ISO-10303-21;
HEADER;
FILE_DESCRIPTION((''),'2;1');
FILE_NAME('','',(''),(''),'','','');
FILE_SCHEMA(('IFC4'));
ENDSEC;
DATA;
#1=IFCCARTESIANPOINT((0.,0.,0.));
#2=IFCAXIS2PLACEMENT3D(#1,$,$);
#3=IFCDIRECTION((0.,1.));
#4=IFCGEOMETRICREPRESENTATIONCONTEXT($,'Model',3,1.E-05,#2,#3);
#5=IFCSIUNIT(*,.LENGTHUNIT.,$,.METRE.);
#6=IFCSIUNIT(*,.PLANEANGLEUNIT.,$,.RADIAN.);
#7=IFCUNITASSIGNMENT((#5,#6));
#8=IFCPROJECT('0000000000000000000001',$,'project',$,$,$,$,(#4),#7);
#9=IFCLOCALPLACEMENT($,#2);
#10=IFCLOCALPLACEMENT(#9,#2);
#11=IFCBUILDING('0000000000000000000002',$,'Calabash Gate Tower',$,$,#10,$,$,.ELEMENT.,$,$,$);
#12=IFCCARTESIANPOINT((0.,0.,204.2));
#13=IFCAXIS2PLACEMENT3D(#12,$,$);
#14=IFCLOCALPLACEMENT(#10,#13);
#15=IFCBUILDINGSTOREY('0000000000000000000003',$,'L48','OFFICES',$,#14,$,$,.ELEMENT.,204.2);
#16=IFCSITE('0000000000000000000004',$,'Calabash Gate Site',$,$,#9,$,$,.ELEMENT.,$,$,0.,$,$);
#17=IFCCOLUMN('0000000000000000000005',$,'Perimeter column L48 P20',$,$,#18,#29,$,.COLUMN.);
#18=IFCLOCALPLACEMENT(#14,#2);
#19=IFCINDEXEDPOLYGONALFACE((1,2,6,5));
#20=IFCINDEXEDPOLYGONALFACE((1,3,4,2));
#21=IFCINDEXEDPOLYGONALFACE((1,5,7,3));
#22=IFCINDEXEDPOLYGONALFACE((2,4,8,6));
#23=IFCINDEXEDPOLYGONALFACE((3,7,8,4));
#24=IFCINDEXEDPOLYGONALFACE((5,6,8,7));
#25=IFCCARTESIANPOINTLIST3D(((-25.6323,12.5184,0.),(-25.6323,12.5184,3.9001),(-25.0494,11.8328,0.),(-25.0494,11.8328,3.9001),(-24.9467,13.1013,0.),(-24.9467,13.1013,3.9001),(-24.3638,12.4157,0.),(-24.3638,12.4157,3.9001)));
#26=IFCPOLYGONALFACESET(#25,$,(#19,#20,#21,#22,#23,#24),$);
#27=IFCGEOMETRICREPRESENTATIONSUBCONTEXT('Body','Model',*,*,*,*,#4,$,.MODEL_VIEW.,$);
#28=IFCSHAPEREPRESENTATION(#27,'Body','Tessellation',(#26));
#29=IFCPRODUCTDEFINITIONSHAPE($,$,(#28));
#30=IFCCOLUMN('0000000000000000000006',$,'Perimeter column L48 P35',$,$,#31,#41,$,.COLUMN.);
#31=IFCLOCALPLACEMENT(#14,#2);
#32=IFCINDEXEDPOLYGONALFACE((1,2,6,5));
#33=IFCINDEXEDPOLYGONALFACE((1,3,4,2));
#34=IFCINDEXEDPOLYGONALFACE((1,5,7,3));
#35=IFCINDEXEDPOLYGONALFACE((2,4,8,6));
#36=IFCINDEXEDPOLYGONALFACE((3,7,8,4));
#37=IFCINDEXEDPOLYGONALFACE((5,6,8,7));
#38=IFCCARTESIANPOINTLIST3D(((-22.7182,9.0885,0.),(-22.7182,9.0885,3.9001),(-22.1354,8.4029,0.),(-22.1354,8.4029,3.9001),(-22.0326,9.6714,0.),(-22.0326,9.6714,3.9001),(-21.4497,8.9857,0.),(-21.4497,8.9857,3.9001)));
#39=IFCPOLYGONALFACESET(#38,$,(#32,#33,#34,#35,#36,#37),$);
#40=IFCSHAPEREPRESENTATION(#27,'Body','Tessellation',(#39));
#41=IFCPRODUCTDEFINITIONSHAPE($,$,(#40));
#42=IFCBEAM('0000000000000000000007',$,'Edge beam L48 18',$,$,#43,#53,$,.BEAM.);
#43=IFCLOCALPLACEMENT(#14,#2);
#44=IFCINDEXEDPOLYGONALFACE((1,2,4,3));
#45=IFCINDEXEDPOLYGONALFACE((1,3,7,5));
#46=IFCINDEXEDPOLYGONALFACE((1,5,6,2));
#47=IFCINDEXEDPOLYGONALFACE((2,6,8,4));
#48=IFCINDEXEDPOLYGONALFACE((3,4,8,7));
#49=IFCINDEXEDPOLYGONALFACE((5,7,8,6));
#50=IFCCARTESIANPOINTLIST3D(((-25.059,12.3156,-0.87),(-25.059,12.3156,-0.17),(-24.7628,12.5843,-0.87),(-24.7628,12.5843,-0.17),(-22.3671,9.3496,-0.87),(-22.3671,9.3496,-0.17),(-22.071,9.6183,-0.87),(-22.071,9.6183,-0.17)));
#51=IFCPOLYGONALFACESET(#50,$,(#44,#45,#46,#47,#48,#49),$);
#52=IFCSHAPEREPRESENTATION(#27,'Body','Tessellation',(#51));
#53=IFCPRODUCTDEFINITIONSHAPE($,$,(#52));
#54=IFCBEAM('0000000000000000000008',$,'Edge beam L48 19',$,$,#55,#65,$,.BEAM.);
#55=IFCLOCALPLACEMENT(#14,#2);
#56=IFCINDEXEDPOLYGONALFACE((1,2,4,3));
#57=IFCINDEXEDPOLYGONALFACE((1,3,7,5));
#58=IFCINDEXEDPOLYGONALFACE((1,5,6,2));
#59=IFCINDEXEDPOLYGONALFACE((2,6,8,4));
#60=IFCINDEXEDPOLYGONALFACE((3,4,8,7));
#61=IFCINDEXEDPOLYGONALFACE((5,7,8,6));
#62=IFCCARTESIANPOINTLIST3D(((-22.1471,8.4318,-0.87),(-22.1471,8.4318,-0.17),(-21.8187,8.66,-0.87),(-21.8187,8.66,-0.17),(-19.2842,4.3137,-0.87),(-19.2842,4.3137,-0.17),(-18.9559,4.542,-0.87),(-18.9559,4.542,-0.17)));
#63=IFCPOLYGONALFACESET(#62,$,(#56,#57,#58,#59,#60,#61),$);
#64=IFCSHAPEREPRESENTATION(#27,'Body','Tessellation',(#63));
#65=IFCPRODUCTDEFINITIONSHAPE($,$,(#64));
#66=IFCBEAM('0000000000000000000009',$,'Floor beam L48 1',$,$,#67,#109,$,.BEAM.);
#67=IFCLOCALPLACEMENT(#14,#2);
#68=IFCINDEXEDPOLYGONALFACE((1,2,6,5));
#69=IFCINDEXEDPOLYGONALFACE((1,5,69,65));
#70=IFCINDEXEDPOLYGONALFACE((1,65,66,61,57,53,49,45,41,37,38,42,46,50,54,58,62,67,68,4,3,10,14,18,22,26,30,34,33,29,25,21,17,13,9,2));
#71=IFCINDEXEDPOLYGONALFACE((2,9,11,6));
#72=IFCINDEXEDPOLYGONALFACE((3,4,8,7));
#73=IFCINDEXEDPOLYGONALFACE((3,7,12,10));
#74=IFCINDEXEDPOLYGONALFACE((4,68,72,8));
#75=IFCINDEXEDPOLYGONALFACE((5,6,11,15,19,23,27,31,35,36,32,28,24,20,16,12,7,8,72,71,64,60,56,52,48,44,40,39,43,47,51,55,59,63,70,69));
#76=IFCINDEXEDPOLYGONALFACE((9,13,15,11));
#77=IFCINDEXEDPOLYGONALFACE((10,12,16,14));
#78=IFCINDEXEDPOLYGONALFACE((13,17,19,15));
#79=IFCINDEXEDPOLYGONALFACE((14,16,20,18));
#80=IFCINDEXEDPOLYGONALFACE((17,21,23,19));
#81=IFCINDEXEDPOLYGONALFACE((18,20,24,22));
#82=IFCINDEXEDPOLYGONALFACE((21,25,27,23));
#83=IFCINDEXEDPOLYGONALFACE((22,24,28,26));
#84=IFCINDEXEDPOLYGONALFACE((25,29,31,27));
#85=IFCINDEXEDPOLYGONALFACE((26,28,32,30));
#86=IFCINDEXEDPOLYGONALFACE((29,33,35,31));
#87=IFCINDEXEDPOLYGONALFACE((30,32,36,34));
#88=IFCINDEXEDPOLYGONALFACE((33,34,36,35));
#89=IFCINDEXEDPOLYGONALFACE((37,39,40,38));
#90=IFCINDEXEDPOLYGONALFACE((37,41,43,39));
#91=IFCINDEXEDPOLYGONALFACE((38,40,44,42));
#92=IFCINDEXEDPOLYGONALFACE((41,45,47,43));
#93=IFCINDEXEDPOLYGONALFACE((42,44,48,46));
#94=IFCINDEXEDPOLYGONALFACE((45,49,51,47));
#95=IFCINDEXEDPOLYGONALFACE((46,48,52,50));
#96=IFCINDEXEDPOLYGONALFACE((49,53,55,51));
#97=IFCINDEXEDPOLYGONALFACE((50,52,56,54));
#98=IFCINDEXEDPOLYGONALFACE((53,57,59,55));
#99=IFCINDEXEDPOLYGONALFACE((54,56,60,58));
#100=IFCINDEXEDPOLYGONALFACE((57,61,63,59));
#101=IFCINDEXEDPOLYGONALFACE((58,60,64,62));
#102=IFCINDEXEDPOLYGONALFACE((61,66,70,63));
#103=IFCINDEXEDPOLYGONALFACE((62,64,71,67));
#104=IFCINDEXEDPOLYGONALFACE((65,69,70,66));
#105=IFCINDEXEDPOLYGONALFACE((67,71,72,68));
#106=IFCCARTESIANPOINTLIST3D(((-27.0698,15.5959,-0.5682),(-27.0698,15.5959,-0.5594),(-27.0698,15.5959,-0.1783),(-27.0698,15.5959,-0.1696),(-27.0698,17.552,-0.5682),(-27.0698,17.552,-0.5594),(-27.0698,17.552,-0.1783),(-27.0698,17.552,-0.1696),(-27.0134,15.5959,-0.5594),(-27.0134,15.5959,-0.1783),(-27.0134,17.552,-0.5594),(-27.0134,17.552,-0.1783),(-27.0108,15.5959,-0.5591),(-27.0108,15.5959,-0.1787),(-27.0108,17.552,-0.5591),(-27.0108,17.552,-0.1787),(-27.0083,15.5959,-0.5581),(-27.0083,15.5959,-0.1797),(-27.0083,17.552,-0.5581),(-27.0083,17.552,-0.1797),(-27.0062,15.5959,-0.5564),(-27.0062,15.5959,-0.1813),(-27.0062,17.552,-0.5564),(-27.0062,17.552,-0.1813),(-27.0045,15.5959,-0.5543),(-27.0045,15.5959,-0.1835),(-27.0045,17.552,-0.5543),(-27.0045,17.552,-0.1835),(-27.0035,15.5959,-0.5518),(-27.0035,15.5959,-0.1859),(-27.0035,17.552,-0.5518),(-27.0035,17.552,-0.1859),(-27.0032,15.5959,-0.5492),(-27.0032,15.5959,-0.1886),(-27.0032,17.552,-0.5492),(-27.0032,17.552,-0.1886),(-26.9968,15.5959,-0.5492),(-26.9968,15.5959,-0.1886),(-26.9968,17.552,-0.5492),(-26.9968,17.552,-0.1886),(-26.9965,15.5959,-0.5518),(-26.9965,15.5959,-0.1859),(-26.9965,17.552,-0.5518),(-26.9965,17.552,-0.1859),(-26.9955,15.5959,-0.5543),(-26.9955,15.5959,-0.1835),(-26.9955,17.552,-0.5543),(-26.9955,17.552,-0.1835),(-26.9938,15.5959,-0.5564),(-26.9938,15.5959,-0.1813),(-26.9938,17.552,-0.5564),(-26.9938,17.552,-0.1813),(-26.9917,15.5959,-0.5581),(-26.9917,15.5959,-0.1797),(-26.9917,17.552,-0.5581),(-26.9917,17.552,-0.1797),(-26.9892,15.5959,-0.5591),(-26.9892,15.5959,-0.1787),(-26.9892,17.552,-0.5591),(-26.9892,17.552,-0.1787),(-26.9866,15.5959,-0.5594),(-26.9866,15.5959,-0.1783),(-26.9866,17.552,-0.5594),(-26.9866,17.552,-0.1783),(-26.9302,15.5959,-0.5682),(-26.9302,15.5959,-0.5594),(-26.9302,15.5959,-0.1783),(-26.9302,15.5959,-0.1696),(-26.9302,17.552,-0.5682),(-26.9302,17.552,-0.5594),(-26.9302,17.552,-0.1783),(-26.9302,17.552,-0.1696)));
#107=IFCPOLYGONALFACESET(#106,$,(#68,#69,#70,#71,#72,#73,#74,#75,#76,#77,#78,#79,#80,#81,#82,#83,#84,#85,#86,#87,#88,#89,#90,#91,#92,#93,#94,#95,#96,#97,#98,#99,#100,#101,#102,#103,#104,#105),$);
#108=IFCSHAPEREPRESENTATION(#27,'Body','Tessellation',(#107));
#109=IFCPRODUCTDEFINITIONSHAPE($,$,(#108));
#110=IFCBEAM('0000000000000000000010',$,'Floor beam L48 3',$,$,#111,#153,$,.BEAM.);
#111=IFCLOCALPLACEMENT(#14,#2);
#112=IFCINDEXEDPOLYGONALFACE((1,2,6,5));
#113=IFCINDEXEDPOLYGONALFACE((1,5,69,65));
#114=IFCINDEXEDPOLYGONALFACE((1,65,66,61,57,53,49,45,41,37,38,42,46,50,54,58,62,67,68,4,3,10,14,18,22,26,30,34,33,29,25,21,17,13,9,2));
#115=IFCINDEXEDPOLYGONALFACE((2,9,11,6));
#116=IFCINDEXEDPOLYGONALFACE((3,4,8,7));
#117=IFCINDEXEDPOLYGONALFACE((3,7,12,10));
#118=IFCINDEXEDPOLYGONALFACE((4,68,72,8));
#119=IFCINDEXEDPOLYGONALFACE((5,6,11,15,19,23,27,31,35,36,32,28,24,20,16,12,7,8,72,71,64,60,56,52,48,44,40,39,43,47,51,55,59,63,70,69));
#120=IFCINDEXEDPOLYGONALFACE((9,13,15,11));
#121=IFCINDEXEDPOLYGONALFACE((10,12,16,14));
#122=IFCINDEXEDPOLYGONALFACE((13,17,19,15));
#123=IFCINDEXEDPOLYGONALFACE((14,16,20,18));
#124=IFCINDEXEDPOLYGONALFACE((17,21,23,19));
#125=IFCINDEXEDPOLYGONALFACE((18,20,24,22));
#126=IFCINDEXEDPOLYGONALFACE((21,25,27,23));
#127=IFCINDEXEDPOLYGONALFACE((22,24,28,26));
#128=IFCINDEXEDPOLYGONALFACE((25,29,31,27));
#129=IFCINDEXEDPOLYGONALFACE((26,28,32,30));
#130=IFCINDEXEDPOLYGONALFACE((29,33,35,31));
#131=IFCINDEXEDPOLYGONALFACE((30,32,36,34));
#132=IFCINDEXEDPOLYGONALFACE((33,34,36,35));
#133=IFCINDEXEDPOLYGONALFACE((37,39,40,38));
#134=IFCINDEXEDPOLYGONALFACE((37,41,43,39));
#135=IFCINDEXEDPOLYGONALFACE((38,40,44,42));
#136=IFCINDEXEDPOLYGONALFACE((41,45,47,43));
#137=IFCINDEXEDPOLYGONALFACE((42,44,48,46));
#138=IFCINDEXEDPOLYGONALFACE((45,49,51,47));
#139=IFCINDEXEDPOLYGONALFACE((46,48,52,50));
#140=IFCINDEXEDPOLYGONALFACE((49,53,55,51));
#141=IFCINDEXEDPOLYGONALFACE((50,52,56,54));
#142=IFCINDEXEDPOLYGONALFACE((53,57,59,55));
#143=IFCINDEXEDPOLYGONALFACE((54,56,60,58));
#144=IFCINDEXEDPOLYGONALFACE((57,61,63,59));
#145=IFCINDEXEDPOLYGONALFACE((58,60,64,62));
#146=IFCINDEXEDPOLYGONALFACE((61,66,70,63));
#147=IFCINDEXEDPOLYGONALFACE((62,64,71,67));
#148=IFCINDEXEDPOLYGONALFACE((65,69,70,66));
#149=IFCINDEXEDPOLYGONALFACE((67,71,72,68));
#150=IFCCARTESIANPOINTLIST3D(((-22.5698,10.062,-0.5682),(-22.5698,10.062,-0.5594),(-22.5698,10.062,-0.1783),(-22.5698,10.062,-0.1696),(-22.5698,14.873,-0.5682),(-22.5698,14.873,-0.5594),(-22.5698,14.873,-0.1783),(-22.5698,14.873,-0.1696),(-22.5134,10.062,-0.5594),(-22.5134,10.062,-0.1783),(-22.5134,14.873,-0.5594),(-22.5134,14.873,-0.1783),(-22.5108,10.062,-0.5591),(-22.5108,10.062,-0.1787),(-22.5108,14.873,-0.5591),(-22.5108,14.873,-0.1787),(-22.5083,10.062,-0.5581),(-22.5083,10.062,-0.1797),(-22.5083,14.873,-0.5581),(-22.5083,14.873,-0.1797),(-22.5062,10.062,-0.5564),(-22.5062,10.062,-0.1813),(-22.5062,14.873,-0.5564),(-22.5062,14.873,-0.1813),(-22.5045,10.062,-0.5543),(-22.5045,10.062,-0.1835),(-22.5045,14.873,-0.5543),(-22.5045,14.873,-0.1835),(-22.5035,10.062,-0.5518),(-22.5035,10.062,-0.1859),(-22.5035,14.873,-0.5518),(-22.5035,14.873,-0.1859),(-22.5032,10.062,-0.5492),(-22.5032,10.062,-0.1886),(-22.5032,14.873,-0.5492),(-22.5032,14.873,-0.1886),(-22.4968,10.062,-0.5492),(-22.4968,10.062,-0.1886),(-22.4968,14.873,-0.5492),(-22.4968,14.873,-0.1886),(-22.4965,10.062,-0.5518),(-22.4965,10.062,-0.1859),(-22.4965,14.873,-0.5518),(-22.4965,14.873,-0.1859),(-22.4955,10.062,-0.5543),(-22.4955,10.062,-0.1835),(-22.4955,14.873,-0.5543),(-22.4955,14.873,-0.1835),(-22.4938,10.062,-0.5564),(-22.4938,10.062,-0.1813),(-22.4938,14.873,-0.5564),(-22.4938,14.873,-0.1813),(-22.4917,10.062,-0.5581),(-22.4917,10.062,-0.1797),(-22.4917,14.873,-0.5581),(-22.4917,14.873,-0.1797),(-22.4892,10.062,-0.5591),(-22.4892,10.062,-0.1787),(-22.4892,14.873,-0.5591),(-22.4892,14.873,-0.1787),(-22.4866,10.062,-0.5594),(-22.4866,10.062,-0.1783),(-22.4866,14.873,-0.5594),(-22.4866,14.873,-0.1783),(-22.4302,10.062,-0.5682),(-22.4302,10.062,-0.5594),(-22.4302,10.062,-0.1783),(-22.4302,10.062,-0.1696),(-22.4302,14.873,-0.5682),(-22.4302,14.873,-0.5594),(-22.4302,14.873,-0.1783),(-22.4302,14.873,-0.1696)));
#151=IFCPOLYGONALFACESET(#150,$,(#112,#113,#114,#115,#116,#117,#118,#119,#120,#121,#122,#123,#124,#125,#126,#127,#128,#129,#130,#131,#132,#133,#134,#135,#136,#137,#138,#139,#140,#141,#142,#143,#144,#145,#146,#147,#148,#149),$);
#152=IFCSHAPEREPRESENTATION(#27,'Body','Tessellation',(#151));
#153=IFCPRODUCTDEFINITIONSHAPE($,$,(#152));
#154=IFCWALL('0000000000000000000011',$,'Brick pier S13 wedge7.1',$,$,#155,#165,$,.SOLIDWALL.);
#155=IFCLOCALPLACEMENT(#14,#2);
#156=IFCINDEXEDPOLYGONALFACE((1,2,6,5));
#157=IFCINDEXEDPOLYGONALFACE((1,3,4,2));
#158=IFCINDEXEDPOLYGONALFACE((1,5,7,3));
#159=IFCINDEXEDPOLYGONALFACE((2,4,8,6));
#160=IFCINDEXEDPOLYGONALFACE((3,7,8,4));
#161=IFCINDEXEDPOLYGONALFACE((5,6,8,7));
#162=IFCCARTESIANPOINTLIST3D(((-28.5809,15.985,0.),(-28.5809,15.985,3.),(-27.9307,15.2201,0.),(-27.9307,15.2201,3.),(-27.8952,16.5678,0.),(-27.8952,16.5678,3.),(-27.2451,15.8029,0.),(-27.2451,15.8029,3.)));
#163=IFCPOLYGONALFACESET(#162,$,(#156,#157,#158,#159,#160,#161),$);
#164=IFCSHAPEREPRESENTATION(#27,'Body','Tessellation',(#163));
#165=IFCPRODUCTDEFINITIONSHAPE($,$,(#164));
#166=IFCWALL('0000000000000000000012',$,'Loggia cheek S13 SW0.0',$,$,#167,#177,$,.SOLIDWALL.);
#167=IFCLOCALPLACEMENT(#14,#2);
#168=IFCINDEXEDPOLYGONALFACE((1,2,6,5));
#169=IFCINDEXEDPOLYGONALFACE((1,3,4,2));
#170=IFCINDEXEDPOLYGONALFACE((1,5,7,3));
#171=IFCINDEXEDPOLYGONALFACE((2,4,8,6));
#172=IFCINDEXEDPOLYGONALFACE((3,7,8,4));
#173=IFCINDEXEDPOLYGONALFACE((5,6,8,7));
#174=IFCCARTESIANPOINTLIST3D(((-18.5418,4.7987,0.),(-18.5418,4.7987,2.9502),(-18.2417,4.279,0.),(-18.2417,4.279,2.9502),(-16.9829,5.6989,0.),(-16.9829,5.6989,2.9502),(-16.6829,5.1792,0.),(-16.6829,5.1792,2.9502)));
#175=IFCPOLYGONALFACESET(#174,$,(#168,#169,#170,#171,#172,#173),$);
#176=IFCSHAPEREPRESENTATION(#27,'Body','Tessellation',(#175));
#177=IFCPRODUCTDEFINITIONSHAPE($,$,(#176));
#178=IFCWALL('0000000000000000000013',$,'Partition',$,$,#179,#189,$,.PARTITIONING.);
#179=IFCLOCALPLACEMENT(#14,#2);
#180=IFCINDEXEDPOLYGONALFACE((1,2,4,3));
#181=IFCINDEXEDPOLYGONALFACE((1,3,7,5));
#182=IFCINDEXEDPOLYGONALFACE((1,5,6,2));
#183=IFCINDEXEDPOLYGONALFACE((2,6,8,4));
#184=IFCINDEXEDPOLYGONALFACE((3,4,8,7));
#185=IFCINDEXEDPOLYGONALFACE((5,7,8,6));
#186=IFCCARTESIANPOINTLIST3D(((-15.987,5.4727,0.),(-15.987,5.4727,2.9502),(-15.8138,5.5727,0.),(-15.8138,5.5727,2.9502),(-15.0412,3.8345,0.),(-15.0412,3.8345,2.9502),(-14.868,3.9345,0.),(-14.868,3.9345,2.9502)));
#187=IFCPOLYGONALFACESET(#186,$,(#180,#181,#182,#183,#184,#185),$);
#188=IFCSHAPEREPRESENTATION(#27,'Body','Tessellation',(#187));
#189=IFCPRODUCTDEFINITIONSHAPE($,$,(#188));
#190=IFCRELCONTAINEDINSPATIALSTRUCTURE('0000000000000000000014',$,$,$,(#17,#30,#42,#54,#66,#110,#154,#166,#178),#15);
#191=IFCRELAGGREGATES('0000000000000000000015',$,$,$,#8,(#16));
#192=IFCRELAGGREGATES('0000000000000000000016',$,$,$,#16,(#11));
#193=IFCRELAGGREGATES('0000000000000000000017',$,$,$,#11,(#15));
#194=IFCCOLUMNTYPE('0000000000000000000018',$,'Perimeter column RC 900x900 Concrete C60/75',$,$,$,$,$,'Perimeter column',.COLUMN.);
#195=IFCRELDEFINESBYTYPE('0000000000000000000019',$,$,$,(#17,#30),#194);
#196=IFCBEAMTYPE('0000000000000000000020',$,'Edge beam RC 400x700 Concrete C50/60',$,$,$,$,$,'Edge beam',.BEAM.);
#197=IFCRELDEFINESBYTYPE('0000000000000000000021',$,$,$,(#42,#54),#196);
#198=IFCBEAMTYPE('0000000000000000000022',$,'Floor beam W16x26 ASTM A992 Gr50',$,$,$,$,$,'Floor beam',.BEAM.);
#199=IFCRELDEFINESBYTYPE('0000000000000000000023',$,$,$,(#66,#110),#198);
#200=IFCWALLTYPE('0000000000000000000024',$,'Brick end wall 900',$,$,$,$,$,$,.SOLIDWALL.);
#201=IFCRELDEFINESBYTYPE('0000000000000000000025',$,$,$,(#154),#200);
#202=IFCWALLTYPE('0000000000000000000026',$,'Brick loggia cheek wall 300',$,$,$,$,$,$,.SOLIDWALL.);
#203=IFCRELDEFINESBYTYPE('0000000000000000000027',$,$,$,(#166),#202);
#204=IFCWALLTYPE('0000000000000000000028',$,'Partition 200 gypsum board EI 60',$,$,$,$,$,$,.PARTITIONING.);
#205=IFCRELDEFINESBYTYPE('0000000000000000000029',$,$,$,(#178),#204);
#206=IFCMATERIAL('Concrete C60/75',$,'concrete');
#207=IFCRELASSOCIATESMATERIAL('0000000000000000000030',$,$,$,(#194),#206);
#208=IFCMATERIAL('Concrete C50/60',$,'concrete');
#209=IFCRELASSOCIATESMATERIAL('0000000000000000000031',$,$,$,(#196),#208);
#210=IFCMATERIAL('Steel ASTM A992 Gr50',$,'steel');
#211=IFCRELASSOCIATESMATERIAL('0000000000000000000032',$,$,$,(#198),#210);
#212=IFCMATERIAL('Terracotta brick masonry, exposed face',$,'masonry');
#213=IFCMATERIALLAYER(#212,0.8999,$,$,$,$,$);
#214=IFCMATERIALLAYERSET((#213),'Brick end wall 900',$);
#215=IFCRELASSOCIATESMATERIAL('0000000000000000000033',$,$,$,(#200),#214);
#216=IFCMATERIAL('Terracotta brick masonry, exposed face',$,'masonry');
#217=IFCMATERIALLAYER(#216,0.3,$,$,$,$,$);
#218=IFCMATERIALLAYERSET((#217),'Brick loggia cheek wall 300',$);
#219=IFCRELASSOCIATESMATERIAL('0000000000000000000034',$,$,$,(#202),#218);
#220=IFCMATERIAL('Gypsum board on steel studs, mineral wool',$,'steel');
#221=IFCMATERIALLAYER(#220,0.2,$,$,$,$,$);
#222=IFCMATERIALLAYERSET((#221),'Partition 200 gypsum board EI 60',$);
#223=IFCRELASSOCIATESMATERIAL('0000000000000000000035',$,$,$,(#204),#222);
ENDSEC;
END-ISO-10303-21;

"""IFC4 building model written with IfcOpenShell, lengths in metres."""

from ifc_helpers import new_model, si_unit, direction, frame, frame_2d, origin, origin_2d, place, context, subcontext, project, spatial, rectangle, i_section, extrude, material, layer, layer_set, material_profile, profile_set, type_object, element, save


model = new_model("IFC4")

# Units and contexts
model_context = context("Model", 3, precision=1e-05, world=origin(), true_north=direction((0.0, 1.0)))
body_context = subcontext(model_context, "Body", "Model", "MODEL_VIEW")
ifc_project = project(units=[si_unit("LENGTHUNIT", "METRE"), si_unit("PLANEANGLEUNIT", "RADIAN")], contexts=[model_context])

# Site, building, storey
site_placement = place(None, origin())
site = spatial("IfcSite", under=ifc_project, at=site_placement, Name="Calabash Gate Site", CompositionType="ELEMENT", RefElevation=0.0)
building_placement = place(site_placement, origin())
building = spatial("IfcBuilding", under=site, at=building_placement, Name="Calabash Gate Tower", CompositionType="ELEMENT")
storey_placement = place(building_placement, frame((0.0, 0.0, 204.2)))
storey = spatial("IfcBuildingStorey", under=building, at=storey_placement, Name="L48", Description="OFFICES", CompositionType="ELEMENT", Elevation=204.2)

# Columns
ifc_material_1 = material(Name="Concrete C60/75", Category="concrete")
ifc_material_profile_1 = material_profile(ifc_material_1, rectangle(XDim=0.8999, YDim=0.8999, at=origin_2d()))
ifc_profile_set_1 = profile_set([ifc_material_profile_1], Name="Concrete C60/75")
column_type = type_object("IfcColumnType", Name="Perimeter column RC 900x900 Concrete C60/75", ElementType="Perimeter column", PredefinedType="COLUMN", material=ifc_profile_set_1)
for number, where, z_axis, x_axis, name in (
    (1, (-24.998, 12.467, 0.0), (0.0, 0.0, 1.0), (0.647704, -0.761892, 0.0), "Perimeter column L48 P20"),
    (2, (-22.084, 9.0371, 0.0), (0.0, 0.0, 1.0), (0.647704, -0.761892, 0.0), "Perimeter column L48 P35"),
):
    element("IfcColumn", number, at=place(storey_placement, frame(where, z_axis=z_axis, x_axis=x_axis)), inside=storey, type_object=column_type, Name=name, PredefinedType="COLUMN", context=body_context, shape_type="SweptSolid", body=[
        extrude(rectangle(XDim=0.8999, YDim=0.8999, at=origin_2d()), origin(), (0.0, 0.0, 1.0), 3.9001),
    ])

# Beams
ifc_material_2 = material(Name="Concrete C50/60", Category="concrete")
ifc_material_profile_2 = material_profile(ifc_material_2, rectangle(XDim=0.3999, YDim=0.7, at=origin_2d()))
ifc_profile_set_2 = profile_set([ifc_material_profile_2], Name="Concrete C50/60")
beam_type_1 = type_object("IfcBeamType", Name="Edge beam RC 400x700 Concrete C50/60", ElementType="Edge beam", PredefinedType="BEAM", material=ifc_profile_set_2)
beam_1_placement = place(storey_placement, frame((-24.9109, 12.45, -0.52), z_axis=(0.672054, -0.740502, 0.0), x_axis=(0.740502, 0.672054, 0.0)))
element("IfcBeam", 3, at=beam_1_placement, inside=storey, type_object=beam_type_1, Name="Edge beam L48 18", PredefinedType="BEAM", context=body_context, shape_type="SweptSolid", body=[
    extrude(rectangle(XDim=0.3999, YDim=0.7, at=origin_2d()), origin(), (0.0, 0.0, 1.0), 4.0054),
])
beam_2_placement = place(storey_placement, frame((-21.9829, 8.5459, -0.52), z_axis=(0.570816, -0.821078, 0.0), x_axis=(0.821078, 0.570816, 0.0)))
element("IfcBeam", 4, at=beam_2_placement, inside=storey, type_object=beam_type_1, Name="Edge beam L48 19", PredefinedType="BEAM", context=body_context, shape_type="SweptSolid", body=[
    extrude(rectangle(XDim=0.3999, YDim=0.7, at=origin_2d()), origin(), (0.0, 0.0, 1.0), 5.0154),
])
ifc_material_3 = material(Name="Steel ASTM A992 Gr50", Category="steel")
ifc_material_profile_3 = material_profile(ifc_material_3, i_section(OverallWidth=0.1396, OverallDepth=0.3987, WebThickness=0.0063, FlangeThickness=0.0088, FilletRadius=0.0103, at=origin_2d()))
ifc_profile_set_3 = profile_set([ifc_material_profile_3], Name="Steel ASTM A992 Gr50")
beam_type_2 = type_object("IfcBeamType", Name="Floor beam W16x26 ASTM A992 Gr50", ElementType="Floor beam", PredefinedType="BEAM", material=ifc_profile_set_3)
beam_3_placement = place(storey_placement, frame((-27.0, 15.5959, -0.3689), z_axis=(0.0, 1.0, 0.0), x_axis=(-1.0, 0.0, 0.0)))
element("IfcBeam", 5, at=beam_3_placement, inside=storey, type_object=beam_type_2, Name="Floor beam L48 1", PredefinedType="BEAM", context=body_context, shape_type="SweptSolid", body=[
    extrude(i_section(OverallWidth=0.1396, OverallDepth=0.3987, WebThickness=0.0063, FlangeThickness=0.0088, FilletRadius=0.0103, at=origin_2d()), origin(), (0.0, 0.0, 1.0), 1.9561),
])
beam_4_placement = place(storey_placement, frame((-22.5, 10.062, -0.3689), z_axis=(0.0, 1.0, 0.0), x_axis=(-1.0, 0.0, 0.0)))
element("IfcBeam", 6, at=beam_4_placement, inside=storey, type_object=beam_type_2, Name="Floor beam L48 3", PredefinedType="BEAM", context=body_context, shape_type="SweptSolid", body=[
    extrude(i_section(OverallWidth=0.1396, OverallDepth=0.3987, WebThickness=0.0063, FlangeThickness=0.0088, FilletRadius=0.0103, at=origin_2d()), origin(), (0.0, 0.0, 1.0), 4.811),
])

# Walls
ifc_material_4 = material(Name="Terracotta brick masonry, exposed face", Category="masonry")
ifc_layer_1 = layer(ifc_material_4, 0.8999)
ifc_layer_set_1 = layer_set([ifc_layer_1], Name="Brick end wall 900")
wall_type_1 = type_object("IfcWallType", Name="Brick end wall 900", PredefinedType="SOLIDWALL", material=ifc_layer_set_1)
wall_1_placement = place(storey_placement, frame((-27.5879, 15.5115, 0.0), z_axis=(0.0, 0.0, 1.0), x_axis=(-0.647641, 0.761945, 0.0)))
element("IfcWall", 7, at=wall_1_placement, inside=storey, type_object=wall_type_1, Name="Brick pier S13 wedge7.1", PredefinedType="SOLIDWALL", context=body_context, shape_type="SweptSolid", body=[
    extrude(rectangle(XDim=1.0039, YDim=0.8999, at=frame_2d((0.502, 0.0))), origin(), (0.0, 0.0, 1.0), 3.0),
])
ifc_material_5 = material(Name="Terracotta brick masonry, exposed face", Category="masonry")
ifc_layer_2 = layer(ifc_material_5, 0.3)
ifc_layer_set_2 = layer_set([ifc_layer_2], Name="Brick loggia cheek wall 300")
wall_type_2 = type_object("IfcWallType", Name="Brick loggia cheek wall 300", PredefinedType="SOLIDWALL", material=ifc_layer_set_2)
wall_2_placement = place(storey_placement, frame((-16.833, 5.439, 0.0), z_axis=(0.0, 0.0, 1.0), x_axis=(-0.865989, -0.500063, 0.0)))
element("IfcWall", 8, at=wall_2_placement, inside=storey, type_object=wall_type_2, Name="Loggia cheek S13 SW0.0", PredefinedType="SOLIDWALL", context=body_context, shape_type="SweptSolid", body=[
    extrude(rectangle(XDim=1.8, YDim=0.6001, at=frame_2d((0.8999, 0.0))), origin(), (0.0, 0.0, 1.0), 2.9502),
])
ifc_material_6 = material(Name="Gypsum board on steel studs, mineral wool", Category="steel")
ifc_layer_3 = layer(ifc_material_6, 0.2)
ifc_layer_set_3 = layer_set([ifc_layer_3], Name="Partition 200 gypsum board EI 60")
wall_type_3 = type_object("IfcWallType", Name="Partition 200 gypsum board EI 60", PredefinedType="PARTITIONING", material=ifc_layer_set_3)
wall_3_placement = place(storey_placement, frame((-15.9004, 5.5227, 0.0), z_axis=(0.0, 0.0, 1.0), x_axis=(0.499998, -0.866027, 0.0)))
element("IfcWall", 9, at=wall_3_placement, inside=storey, type_object=wall_type_3, Name="Partition", PredefinedType="PARTITIONING", context=body_context, shape_type="SweptSolid", body=[
    extrude(rectangle(XDim=1.8916, YDim=0.2, at=frame_2d((0.9458, 0.0))), origin(), (0.0, 0.0, 1.0), 2.9502),
])

save(model, "model.ifc")
